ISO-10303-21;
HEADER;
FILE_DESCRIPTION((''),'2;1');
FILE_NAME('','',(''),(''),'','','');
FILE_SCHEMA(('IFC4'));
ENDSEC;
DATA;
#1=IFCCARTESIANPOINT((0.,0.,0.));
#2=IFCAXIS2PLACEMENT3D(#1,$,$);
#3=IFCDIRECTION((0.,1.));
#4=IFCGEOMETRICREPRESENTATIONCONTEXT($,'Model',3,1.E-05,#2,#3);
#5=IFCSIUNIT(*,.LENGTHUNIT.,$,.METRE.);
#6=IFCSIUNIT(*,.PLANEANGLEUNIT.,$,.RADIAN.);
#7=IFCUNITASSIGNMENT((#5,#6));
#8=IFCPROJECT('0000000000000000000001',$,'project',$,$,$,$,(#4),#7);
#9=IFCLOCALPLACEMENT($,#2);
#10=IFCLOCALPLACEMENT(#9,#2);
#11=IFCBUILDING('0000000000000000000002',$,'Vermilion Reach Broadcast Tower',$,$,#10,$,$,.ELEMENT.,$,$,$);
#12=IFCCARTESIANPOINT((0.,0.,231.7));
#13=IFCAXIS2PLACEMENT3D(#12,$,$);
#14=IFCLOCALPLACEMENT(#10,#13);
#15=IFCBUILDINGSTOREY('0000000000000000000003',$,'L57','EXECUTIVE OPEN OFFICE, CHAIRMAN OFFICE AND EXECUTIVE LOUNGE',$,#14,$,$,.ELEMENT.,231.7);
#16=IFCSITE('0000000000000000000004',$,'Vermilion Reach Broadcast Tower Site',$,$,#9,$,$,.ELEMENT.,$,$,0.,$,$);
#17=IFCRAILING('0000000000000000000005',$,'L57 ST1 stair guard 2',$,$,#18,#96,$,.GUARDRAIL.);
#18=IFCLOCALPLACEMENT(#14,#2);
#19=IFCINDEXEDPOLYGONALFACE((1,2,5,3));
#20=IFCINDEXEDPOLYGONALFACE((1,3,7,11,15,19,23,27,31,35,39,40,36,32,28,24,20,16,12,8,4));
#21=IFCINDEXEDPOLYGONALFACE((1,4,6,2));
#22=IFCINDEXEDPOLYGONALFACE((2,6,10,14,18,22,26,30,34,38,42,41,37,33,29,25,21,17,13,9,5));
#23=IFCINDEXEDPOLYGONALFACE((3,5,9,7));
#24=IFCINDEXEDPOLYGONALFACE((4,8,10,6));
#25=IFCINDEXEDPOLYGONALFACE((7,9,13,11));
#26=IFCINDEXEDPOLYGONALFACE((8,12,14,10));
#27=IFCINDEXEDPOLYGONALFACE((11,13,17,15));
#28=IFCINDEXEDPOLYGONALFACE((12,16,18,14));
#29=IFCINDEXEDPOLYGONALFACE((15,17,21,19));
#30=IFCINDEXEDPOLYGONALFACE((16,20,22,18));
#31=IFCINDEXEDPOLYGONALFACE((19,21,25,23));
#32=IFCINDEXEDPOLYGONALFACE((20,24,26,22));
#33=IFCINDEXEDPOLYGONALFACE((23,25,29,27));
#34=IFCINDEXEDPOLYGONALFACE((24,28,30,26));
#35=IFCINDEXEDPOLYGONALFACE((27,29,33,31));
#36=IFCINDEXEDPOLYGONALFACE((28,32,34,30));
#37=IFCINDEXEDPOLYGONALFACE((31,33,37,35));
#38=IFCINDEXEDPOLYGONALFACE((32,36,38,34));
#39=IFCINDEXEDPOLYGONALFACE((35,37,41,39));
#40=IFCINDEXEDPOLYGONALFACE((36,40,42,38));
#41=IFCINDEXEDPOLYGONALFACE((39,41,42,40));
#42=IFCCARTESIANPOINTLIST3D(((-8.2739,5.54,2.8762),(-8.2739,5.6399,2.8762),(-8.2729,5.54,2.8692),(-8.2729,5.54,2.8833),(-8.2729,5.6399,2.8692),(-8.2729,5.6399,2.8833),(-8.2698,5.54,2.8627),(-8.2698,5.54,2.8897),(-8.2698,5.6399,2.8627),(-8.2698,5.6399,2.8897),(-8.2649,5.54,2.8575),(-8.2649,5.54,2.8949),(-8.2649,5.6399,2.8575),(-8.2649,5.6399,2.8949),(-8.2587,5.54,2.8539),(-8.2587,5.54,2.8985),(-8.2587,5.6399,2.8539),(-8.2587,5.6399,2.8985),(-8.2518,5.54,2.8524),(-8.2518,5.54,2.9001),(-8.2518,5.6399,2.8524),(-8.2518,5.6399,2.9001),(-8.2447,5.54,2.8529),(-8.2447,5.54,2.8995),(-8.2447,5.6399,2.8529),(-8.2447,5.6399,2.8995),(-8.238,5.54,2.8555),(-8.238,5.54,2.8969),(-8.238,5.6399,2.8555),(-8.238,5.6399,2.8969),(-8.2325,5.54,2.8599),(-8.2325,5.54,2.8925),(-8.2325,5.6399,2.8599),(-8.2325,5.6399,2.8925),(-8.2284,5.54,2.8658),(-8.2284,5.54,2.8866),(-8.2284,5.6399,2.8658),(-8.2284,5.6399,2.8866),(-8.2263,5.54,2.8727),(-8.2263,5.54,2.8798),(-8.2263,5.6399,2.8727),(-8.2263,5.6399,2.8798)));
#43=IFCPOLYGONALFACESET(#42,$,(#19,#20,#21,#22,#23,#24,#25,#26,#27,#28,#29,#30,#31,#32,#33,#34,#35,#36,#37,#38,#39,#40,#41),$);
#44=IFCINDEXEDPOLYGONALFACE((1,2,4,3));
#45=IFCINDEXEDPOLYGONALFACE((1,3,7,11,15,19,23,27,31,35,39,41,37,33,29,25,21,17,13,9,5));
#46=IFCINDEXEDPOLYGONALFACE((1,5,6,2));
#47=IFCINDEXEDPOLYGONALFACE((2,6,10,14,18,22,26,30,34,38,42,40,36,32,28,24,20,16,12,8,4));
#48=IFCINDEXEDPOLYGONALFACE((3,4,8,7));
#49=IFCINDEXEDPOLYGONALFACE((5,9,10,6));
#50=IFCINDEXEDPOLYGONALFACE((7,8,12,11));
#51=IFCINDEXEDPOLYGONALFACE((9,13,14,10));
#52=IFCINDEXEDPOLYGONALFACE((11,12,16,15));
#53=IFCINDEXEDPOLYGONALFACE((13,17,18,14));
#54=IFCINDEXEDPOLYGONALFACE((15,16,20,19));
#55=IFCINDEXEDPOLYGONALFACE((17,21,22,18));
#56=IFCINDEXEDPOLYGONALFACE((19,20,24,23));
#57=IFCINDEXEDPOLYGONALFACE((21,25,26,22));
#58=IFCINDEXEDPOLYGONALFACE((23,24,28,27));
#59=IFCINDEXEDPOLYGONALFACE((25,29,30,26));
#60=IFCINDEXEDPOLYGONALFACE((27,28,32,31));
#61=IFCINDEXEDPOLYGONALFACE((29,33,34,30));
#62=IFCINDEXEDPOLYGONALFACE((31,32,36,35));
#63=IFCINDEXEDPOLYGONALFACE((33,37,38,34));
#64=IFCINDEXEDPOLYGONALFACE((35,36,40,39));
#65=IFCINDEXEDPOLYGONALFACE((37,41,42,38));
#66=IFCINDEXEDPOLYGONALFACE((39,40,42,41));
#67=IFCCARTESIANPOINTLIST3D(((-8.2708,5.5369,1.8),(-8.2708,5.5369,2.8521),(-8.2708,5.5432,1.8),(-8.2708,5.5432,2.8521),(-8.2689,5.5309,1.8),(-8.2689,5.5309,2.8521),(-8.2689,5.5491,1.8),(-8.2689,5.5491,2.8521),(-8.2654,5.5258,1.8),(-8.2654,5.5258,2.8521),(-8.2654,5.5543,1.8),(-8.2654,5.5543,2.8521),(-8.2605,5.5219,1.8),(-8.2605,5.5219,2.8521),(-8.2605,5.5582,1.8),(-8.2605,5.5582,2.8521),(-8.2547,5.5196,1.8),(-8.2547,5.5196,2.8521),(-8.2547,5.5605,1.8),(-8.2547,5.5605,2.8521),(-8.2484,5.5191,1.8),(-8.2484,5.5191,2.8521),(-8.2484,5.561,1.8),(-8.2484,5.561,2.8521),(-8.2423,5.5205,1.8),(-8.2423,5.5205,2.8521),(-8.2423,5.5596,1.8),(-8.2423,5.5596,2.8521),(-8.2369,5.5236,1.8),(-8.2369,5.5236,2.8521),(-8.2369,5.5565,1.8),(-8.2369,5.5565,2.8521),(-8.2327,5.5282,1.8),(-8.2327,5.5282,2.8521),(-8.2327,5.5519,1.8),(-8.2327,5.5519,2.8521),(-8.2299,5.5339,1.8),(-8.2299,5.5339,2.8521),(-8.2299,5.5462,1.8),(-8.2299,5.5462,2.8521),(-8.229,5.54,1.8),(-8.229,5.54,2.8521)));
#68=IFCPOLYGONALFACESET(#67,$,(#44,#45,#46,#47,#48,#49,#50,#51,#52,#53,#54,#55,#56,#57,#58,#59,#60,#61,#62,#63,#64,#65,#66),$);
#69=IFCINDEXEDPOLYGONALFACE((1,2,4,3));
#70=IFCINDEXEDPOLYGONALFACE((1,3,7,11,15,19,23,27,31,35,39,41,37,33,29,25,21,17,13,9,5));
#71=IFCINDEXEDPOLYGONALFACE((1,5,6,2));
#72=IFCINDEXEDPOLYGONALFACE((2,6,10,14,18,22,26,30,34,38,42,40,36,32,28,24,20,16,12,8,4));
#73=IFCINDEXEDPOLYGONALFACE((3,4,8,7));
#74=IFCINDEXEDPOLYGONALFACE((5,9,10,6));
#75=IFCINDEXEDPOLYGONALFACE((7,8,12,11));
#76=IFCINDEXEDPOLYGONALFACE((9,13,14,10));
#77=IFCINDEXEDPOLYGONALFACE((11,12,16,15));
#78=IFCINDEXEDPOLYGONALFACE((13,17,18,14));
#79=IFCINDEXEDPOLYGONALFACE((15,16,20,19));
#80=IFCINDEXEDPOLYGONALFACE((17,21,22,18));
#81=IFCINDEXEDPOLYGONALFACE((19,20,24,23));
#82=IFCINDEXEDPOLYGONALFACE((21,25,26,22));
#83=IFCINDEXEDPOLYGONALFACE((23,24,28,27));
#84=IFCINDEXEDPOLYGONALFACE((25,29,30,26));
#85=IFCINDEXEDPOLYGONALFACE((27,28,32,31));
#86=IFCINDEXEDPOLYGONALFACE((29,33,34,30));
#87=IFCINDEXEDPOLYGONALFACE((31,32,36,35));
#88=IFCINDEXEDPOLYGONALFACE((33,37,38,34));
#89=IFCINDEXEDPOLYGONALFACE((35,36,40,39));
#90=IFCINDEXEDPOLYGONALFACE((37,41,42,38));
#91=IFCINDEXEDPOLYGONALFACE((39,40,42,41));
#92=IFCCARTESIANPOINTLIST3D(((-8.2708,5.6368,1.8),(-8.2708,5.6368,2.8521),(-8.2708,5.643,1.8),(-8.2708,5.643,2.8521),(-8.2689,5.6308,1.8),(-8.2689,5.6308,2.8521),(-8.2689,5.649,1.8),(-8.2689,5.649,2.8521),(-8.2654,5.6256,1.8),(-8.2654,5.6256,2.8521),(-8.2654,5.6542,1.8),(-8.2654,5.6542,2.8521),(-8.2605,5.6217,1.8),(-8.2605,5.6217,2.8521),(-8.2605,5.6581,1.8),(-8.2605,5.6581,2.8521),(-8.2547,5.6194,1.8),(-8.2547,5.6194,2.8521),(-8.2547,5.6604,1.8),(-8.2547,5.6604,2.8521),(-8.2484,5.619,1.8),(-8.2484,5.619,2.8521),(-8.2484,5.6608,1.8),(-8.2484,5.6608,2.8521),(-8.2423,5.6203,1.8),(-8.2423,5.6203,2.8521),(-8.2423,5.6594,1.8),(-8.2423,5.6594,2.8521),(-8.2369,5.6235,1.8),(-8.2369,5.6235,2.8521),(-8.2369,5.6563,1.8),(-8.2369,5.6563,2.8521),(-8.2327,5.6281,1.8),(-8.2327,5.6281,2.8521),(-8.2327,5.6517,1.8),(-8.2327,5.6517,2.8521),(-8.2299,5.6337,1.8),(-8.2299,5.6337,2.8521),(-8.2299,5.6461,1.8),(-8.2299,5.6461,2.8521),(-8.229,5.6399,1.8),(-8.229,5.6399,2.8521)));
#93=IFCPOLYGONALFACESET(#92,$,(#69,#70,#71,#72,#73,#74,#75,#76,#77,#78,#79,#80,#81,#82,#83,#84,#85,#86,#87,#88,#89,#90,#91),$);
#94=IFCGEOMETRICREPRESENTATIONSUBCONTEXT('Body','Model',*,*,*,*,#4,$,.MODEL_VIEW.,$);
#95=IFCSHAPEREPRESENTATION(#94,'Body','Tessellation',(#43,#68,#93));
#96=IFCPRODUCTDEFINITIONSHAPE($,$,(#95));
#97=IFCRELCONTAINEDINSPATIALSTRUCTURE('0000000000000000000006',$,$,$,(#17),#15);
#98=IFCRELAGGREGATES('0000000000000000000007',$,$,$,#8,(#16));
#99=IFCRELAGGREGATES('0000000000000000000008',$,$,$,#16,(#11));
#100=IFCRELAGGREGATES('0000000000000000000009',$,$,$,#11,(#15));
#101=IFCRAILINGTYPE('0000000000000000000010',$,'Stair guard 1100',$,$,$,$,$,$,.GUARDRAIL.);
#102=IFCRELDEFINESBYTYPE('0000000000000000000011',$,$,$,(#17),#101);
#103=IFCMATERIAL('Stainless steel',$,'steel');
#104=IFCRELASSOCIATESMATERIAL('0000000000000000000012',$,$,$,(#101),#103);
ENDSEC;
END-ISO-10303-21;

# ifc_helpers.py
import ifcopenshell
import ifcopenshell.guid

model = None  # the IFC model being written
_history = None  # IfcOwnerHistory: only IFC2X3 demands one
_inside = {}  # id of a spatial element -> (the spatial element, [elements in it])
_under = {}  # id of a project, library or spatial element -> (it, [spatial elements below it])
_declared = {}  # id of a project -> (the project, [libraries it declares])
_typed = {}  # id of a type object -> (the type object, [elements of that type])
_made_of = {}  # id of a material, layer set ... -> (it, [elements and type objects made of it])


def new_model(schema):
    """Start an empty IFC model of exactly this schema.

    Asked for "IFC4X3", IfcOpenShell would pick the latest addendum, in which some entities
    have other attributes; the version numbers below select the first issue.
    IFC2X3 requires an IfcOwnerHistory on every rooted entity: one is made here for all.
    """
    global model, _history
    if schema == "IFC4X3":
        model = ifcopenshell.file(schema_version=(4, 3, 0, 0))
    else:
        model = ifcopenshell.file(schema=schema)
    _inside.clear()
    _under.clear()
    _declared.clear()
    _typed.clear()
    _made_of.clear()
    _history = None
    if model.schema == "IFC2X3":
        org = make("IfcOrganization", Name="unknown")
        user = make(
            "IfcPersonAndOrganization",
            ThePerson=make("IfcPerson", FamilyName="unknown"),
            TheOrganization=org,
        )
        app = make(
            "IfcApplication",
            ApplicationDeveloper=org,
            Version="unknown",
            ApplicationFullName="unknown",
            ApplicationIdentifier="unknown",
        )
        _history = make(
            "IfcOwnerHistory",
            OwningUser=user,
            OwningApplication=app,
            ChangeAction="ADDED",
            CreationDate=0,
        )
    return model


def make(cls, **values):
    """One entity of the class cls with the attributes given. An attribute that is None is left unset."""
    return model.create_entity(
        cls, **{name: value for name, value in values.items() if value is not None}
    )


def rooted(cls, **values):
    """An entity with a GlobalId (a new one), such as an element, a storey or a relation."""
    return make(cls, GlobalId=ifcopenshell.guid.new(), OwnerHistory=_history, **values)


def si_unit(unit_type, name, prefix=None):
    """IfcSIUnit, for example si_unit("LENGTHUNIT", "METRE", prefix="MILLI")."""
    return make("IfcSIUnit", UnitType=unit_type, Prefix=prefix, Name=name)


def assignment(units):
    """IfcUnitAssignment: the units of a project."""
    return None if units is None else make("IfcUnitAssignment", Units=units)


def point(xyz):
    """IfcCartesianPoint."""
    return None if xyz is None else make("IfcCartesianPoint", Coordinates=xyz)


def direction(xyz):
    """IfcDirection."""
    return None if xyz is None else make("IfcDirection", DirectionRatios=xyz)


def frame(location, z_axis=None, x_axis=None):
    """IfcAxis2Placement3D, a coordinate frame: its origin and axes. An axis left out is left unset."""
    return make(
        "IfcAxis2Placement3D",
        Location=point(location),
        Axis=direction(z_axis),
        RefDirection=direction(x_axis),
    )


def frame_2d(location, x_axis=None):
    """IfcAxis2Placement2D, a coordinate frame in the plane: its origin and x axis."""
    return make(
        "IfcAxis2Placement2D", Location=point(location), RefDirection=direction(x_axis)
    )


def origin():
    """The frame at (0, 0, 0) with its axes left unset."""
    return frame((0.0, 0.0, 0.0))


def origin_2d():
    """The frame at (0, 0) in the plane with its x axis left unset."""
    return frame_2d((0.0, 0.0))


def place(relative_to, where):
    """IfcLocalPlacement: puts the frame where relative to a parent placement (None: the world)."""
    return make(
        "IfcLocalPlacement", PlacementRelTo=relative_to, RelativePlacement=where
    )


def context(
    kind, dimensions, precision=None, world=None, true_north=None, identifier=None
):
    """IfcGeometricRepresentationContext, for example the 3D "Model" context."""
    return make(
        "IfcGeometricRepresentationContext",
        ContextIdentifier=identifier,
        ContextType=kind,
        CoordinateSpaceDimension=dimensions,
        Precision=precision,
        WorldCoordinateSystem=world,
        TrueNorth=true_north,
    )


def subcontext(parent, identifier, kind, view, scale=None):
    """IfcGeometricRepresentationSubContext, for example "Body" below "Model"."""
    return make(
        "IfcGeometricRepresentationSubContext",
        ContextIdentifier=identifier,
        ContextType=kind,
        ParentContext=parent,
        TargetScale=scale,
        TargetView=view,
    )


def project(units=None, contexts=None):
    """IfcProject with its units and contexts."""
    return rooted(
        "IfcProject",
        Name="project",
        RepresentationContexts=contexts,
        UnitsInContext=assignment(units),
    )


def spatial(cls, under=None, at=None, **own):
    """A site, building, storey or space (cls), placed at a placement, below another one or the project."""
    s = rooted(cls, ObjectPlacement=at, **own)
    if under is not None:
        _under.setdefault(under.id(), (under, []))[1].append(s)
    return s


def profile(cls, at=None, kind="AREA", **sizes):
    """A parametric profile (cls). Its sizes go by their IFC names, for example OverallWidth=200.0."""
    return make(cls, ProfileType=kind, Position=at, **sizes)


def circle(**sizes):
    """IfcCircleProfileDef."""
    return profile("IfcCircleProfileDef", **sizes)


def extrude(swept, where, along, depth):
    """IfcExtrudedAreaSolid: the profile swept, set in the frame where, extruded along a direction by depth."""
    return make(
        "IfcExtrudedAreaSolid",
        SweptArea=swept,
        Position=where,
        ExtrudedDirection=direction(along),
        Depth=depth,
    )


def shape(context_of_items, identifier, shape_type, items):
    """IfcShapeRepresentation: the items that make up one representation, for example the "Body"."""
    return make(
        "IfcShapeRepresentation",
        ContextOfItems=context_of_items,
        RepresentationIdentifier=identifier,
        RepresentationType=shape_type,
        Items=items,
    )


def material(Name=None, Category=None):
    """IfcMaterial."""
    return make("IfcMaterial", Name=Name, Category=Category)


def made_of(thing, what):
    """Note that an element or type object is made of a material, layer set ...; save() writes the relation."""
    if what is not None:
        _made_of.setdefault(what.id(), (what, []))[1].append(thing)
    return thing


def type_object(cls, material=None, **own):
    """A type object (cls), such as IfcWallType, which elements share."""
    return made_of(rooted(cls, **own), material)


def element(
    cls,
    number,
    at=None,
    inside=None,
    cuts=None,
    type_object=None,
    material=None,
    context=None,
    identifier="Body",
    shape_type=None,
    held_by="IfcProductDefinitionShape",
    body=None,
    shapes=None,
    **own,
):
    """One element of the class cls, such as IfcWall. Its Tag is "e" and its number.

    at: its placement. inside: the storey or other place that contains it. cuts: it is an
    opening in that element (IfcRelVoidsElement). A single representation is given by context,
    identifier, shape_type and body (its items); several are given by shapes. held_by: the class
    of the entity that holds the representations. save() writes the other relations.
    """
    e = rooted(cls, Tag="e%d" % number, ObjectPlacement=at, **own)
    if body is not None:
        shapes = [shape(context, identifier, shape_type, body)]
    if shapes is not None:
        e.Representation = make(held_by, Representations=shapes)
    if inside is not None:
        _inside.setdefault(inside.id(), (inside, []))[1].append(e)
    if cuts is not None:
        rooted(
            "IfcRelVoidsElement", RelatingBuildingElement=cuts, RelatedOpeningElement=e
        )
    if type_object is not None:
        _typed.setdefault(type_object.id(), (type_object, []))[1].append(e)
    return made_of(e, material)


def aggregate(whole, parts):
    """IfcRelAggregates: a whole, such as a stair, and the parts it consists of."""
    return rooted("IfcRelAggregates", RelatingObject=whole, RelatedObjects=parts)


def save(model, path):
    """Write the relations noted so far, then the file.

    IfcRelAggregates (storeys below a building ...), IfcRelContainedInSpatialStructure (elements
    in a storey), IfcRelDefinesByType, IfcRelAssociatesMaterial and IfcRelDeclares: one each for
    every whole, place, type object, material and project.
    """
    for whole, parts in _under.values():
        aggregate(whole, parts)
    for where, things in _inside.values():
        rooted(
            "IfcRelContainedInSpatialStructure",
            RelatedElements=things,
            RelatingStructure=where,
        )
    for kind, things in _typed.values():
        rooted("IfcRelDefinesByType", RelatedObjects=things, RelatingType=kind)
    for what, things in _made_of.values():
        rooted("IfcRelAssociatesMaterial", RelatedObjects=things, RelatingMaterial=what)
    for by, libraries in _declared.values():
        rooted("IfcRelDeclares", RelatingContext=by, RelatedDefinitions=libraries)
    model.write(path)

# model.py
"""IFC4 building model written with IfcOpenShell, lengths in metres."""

from ifc_helpers import new_model, si_unit, direction, frame, origin, origin_2d, place, context, subcontext, project, spatial, circle, extrude, material, type_object, element, save


model = new_model("IFC4")

# Units and contexts
model_context = context("Model", 3, precision=1e-05, world=origin(), true_north=direction((0.0, 1.0)))
body_context = subcontext(model_context, "Body", "Model", "MODEL_VIEW")
ifc_project = project(units=[si_unit("LENGTHUNIT", "METRE"), si_unit("PLANEANGLEUNIT", "RADIAN")], contexts=[model_context])

# Site, building, storey
site_placement = place(None, origin())
site = spatial("IfcSite", under=ifc_project, at=site_placement, Name="Vermilion Reach Broadcast Tower Site", CompositionType="ELEMENT", RefElevation=0.0)
building_placement = place(site_placement, origin())
building = spatial("IfcBuilding", under=site, at=building_placement, Name="Vermilion Reach Broadcast Tower", CompositionType="ELEMENT")
storey_placement = place(building_placement, frame((0.0, 0.0, 231.7)))
storey = spatial("IfcBuildingStorey", under=building, at=storey_placement, Name="L57", Description="EXECUTIVE OPEN OFFICE, CHAIRMAN OFFICE AND EXECUTIVE LOUNGE", CompositionType="ELEMENT", Elevation=231.7)

# Railing
ifc_material_1 = material(Name="Stainless steel", Category="steel")
railing_type_1 = type_object("IfcRailingType", Name="Stair guard 1100", PredefinedType="GUARDRAIL", material=ifc_material_1)
railing_1_placement = place(storey_placement, frame((-8.25, 5.54, 1.8)))
element("IfcRailing", 1, at=railing_1_placement, inside=storey, type_object=railing_type_1, Name="L57 ST1 stair guard 2", PredefinedType="GUARDRAIL", context=body_context, shape_type="SweptSolid", body=[
    extrude(circle(Radius=0.0239, at=origin_2d()), frame((0.0, 0.0, 1.0762), z_axis=(0.0, 1.0, 0.0), x_axis=(-1.0, 0.0, 0.0)), (0.0, 0.0, 1.0), 0.0999),
    extrude(circle(Radius=0.021, at=origin_2d()), origin(), (0.0, 0.0, 1.0), 1.052),
    extrude(circle(Radius=0.021, at=origin_2d()), frame((0.0, 0.0999, 0.0)), (0.0, 0.0, 1.0), 1.052),
])

save(model, "model.ifc")
